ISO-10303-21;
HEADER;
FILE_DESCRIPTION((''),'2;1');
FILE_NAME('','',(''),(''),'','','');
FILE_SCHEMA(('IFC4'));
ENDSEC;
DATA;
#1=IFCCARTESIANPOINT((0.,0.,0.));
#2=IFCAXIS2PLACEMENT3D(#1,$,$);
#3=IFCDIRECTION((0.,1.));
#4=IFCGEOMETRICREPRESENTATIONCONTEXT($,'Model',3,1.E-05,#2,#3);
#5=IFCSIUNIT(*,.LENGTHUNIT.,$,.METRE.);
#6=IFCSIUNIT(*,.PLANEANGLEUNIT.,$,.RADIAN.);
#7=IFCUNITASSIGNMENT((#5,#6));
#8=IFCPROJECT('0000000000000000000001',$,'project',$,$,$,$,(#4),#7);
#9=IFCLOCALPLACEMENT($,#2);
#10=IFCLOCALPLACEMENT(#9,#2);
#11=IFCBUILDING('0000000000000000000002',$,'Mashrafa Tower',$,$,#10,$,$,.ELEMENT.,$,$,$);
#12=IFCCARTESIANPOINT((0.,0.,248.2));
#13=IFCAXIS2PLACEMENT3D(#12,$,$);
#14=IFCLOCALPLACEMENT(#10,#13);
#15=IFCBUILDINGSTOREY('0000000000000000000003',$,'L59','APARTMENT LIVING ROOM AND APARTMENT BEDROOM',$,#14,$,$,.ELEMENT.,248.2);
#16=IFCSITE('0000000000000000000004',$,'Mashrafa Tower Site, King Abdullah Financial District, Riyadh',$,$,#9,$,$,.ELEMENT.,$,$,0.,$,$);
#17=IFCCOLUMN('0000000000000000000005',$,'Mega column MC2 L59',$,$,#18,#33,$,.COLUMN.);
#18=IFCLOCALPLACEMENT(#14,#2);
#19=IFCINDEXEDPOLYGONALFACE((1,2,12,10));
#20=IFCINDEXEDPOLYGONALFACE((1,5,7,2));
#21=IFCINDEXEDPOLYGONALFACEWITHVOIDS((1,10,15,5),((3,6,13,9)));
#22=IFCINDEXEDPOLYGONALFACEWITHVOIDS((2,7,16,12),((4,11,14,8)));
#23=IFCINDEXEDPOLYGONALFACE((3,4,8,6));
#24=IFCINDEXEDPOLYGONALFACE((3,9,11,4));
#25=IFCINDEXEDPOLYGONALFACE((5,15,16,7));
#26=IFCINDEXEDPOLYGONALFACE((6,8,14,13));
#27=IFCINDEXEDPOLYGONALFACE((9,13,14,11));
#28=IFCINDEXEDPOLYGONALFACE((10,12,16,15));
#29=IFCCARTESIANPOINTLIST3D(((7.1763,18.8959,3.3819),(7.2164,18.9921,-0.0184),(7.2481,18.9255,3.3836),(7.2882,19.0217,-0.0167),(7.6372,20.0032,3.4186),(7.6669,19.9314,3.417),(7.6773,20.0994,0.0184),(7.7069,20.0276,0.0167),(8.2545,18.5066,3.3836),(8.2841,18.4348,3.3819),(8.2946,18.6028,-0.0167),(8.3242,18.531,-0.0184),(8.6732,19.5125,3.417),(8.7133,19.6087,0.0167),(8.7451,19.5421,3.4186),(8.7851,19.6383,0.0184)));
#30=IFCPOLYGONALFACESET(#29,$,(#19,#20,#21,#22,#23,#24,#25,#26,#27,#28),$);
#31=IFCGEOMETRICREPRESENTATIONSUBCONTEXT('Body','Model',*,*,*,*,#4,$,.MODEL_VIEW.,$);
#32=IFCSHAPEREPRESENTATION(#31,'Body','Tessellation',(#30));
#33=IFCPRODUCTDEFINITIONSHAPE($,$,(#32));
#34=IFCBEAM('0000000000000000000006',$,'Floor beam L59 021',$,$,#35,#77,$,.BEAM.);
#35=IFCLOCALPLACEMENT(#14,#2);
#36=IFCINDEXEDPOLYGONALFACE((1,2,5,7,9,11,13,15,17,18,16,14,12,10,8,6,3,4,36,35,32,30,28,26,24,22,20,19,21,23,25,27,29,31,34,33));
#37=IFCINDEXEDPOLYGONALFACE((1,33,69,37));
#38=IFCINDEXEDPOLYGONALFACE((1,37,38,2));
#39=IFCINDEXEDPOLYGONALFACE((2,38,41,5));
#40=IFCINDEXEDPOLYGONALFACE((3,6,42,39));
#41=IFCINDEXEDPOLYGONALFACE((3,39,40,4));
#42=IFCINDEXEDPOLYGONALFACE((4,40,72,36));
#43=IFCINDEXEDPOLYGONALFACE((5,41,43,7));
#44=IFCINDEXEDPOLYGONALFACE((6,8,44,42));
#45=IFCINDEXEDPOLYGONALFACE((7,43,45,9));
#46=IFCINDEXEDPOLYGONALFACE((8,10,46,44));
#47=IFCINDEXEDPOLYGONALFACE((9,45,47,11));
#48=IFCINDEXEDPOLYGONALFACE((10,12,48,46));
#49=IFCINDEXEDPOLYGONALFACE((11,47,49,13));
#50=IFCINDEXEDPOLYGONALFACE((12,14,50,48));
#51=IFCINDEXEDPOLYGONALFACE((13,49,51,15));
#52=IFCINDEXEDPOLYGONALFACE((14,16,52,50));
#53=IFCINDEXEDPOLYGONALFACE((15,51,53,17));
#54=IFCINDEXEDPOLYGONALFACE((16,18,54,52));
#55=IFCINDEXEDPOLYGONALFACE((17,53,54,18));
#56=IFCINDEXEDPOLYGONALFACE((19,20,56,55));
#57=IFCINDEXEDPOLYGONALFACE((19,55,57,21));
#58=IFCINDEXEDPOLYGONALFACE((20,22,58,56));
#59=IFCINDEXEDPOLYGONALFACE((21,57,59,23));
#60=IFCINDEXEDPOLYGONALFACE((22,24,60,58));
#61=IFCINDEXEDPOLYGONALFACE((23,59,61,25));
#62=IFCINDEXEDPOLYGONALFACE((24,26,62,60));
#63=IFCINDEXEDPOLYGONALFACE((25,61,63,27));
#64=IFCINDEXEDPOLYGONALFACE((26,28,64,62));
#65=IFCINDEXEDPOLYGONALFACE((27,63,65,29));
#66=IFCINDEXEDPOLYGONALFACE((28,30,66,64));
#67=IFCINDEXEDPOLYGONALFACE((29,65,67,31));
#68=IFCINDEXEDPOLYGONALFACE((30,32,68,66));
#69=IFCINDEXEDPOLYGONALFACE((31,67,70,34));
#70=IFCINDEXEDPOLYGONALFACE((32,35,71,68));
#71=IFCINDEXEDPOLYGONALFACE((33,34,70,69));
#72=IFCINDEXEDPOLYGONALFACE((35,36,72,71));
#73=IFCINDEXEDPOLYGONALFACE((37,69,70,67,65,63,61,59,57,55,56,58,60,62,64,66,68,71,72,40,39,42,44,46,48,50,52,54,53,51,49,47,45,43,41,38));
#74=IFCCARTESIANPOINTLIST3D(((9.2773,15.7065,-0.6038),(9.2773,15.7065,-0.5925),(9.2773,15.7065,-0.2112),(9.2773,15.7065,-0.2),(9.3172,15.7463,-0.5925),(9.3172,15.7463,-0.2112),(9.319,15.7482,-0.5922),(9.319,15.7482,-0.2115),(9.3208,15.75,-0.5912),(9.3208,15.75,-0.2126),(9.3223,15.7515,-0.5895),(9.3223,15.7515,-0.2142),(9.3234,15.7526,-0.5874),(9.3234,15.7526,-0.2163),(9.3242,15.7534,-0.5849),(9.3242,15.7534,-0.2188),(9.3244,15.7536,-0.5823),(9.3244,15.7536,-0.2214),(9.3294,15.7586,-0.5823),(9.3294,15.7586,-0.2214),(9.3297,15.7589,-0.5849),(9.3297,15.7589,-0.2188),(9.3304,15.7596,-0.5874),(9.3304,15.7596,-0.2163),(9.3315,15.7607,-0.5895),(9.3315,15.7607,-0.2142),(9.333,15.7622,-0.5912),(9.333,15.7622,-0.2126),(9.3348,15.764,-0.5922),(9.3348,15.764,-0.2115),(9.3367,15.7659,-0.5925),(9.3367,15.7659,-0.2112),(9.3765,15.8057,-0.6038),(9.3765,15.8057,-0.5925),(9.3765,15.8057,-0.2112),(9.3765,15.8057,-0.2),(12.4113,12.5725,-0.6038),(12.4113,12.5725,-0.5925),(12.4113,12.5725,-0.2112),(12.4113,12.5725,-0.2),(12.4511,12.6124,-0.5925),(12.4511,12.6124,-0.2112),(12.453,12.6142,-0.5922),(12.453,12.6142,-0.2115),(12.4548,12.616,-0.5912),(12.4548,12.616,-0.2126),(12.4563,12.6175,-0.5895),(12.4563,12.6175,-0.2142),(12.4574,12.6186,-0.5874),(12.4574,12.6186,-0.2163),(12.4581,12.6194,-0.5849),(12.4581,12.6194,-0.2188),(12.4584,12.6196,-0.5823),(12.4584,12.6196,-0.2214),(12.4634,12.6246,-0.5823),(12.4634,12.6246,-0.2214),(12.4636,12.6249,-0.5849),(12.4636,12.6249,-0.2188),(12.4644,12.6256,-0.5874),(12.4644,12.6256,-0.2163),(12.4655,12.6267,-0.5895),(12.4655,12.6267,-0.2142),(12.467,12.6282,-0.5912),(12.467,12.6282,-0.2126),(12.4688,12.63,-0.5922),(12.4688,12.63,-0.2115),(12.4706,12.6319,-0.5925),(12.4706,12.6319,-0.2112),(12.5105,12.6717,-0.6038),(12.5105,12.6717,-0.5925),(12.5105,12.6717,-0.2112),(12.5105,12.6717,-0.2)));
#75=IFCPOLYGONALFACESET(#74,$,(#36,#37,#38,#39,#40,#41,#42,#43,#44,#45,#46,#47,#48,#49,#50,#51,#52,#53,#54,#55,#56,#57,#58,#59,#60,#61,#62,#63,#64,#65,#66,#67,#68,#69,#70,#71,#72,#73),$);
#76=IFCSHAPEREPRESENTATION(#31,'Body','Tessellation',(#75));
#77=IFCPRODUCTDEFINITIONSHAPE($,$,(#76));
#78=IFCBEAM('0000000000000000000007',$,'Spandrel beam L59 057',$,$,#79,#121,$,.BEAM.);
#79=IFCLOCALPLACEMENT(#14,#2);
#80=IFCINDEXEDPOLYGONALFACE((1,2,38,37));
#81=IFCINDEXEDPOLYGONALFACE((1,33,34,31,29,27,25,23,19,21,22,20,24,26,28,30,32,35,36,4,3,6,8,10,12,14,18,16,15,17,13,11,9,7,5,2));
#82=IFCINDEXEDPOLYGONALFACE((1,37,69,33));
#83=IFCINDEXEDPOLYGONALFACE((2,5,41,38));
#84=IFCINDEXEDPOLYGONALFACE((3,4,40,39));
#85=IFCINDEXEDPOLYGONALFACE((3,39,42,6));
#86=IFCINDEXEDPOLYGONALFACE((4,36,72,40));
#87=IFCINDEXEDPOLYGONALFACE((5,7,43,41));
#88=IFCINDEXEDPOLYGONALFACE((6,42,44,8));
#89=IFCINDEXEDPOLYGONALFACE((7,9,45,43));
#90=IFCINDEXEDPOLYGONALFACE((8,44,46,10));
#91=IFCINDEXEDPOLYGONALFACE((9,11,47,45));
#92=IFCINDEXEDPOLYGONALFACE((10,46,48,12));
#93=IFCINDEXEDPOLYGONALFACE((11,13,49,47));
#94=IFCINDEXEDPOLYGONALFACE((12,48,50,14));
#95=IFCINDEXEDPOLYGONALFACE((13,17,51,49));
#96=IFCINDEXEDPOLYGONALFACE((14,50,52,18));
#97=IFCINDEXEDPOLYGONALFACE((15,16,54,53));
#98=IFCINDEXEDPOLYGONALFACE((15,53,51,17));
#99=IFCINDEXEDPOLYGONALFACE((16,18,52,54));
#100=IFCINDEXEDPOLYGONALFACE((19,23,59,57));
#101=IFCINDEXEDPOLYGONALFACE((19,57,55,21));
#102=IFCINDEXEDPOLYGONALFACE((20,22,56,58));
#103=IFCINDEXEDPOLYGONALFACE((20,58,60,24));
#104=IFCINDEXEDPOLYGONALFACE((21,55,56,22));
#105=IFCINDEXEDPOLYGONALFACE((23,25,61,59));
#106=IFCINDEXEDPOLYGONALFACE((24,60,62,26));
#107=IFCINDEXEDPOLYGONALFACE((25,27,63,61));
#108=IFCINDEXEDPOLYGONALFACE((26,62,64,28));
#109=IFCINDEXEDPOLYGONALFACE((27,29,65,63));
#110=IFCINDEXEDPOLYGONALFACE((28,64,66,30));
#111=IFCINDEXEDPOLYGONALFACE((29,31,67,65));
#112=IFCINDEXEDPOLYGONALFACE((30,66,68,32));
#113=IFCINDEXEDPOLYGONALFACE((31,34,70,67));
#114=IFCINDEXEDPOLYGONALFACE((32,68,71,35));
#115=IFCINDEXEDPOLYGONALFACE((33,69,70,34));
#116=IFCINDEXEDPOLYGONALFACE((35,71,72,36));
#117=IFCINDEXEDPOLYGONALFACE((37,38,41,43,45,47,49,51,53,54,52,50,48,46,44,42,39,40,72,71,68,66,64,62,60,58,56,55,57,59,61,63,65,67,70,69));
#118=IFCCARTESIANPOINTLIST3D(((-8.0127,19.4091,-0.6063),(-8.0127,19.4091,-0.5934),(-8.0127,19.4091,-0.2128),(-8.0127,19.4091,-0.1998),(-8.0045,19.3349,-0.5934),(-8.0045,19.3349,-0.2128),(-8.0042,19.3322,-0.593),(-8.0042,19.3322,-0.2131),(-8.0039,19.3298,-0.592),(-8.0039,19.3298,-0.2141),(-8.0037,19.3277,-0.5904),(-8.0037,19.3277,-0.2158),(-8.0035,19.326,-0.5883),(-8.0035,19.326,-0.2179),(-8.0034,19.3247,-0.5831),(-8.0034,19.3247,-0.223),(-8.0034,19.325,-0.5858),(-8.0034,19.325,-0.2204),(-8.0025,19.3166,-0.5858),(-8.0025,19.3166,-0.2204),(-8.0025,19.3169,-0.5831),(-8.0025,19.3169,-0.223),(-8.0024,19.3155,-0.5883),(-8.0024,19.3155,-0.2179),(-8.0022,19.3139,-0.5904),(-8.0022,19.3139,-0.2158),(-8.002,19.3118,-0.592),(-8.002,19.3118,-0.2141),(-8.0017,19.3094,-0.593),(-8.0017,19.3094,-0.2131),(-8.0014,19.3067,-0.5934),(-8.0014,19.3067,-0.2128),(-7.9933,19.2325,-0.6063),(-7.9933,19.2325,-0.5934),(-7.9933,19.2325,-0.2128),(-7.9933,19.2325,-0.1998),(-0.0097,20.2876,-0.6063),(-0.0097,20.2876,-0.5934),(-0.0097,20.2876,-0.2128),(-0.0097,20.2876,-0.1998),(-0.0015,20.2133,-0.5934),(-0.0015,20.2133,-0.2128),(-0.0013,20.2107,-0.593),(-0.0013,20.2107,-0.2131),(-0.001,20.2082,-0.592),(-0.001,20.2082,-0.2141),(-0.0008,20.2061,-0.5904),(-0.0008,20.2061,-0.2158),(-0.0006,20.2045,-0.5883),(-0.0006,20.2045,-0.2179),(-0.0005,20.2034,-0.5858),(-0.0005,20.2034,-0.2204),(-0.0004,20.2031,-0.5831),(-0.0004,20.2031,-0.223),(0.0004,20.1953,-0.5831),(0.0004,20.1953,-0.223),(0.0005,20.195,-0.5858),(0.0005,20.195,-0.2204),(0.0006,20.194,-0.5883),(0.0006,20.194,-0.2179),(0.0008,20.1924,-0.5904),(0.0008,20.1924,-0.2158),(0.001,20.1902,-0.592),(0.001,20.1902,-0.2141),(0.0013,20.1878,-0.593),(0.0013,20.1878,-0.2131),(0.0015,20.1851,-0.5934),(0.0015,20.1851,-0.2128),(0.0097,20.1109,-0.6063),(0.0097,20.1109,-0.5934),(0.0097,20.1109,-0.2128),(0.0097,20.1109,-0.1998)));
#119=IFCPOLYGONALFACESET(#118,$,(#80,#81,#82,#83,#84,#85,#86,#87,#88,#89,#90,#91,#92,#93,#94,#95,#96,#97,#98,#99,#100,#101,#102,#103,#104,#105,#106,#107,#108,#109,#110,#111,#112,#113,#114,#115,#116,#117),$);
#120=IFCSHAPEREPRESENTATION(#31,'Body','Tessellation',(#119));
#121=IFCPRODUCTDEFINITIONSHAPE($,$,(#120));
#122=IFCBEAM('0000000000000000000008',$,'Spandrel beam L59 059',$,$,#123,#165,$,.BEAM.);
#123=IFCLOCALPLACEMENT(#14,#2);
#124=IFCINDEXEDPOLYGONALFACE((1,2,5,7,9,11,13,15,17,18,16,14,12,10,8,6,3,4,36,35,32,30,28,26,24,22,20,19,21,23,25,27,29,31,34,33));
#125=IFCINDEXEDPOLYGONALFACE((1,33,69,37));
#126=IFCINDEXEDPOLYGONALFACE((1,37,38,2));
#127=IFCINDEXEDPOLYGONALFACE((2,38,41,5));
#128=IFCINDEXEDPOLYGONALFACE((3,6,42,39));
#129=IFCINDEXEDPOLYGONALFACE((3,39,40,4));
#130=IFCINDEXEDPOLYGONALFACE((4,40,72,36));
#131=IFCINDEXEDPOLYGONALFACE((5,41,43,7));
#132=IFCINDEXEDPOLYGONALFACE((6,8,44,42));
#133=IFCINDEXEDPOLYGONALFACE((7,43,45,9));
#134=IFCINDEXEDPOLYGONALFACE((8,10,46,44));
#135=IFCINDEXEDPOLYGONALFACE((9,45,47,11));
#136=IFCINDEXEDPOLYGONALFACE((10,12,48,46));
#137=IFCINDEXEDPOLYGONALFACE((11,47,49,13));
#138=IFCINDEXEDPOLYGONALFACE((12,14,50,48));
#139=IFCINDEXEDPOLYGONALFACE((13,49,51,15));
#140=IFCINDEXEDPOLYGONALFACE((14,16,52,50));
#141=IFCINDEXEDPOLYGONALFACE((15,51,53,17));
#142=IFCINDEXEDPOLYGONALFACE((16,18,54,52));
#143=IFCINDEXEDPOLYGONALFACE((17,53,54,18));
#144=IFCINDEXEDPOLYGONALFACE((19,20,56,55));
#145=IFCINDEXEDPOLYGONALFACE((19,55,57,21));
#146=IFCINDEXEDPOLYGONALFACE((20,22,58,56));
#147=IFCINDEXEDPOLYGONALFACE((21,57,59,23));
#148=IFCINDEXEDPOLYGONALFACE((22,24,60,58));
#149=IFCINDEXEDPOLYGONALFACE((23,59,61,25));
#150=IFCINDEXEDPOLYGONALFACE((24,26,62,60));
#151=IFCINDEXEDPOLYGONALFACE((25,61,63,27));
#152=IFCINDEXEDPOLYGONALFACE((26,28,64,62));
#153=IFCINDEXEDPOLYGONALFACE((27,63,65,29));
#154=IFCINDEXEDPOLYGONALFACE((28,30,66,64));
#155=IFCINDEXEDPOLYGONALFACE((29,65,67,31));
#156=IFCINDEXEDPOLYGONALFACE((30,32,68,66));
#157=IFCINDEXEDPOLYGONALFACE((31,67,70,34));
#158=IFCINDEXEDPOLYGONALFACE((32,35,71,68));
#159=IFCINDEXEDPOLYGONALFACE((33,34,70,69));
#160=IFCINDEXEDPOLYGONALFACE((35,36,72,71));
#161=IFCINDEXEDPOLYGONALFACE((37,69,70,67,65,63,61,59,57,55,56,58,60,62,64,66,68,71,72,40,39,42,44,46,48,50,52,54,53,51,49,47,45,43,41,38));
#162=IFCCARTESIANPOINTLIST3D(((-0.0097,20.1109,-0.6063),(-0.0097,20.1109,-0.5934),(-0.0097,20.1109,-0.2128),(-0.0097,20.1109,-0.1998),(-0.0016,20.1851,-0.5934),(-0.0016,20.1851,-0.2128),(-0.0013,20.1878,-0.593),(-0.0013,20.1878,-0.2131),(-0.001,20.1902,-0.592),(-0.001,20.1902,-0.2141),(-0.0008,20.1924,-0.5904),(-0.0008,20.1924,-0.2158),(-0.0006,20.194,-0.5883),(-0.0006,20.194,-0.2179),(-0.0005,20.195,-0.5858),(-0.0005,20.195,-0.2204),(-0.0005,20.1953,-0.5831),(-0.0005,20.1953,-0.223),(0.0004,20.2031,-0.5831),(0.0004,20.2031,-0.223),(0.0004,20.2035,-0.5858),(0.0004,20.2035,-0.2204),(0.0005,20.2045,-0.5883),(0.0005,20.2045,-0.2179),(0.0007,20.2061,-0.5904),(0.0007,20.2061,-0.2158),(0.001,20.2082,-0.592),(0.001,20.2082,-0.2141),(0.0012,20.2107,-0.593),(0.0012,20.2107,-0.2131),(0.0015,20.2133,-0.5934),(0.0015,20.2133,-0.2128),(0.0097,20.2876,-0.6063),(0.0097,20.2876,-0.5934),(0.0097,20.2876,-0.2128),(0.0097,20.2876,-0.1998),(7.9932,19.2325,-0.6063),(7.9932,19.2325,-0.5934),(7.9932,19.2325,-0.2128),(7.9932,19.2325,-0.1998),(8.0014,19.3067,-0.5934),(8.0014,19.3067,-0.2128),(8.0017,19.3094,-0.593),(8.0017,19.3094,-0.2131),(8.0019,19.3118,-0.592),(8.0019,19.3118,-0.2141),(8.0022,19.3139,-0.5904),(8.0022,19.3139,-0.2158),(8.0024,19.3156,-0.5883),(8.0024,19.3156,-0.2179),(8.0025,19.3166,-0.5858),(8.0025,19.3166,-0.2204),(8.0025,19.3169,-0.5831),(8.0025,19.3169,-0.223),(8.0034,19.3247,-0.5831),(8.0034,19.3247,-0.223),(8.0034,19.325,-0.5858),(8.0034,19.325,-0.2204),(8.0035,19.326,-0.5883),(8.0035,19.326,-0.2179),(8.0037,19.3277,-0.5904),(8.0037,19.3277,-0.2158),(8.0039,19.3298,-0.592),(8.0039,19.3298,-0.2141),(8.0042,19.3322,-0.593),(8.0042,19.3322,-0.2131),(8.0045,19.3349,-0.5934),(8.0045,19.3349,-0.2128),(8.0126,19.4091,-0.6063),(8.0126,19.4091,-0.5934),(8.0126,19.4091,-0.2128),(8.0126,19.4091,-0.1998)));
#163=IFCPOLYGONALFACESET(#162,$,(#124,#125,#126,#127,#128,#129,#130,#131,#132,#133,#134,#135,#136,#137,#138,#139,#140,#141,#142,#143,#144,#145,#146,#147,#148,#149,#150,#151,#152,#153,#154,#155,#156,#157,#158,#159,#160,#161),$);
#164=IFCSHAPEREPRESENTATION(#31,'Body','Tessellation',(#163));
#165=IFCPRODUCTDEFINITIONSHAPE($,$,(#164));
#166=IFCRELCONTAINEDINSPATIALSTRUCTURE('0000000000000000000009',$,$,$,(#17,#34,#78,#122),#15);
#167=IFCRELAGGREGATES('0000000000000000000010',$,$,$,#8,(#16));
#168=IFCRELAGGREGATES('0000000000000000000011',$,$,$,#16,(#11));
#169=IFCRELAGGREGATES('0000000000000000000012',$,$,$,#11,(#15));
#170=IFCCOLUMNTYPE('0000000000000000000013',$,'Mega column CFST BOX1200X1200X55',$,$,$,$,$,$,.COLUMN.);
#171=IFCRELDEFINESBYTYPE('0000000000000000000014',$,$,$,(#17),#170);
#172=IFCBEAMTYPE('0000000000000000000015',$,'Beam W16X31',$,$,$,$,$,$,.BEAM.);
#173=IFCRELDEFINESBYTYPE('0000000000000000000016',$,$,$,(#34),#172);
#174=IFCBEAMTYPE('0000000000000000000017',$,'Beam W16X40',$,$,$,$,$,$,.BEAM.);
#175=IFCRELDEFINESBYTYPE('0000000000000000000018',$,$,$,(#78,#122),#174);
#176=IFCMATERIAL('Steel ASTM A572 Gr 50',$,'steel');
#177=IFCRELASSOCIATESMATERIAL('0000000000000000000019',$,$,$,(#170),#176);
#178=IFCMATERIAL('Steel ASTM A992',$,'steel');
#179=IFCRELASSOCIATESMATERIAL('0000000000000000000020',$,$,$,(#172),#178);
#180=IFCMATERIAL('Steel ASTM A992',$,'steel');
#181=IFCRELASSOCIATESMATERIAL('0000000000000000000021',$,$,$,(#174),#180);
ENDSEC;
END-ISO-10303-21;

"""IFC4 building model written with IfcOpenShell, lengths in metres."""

from ifc_helpers import new_model, si_unit, direction, frame, origin, origin_2d, place, context, subcontext, project, spatial, hollow_rectangle, i_section, extrude, material, material_profile, profile_set, type_object, element, save


model = new_model("IFC4")

# Units and contexts
model_context = context("Model", 3, precision=1e-05, world=origin(), true_north=direction((0.0, 1.0)))
body_context = subcontext(model_context, "Body", "Model", "MODEL_VIEW")
ifc_project = project(units=[si_unit("LENGTHUNIT", "METRE"), si_unit("PLANEANGLEUNIT", "RADIAN")], contexts=[model_context])

# Site, building, storey
site_placement = place(None, origin())
site = spatial("IfcSite", under=ifc_project, at=site_placement, Name="Mashrafa Tower Site, King Abdullah Financial District, Riyadh", CompositionType="ELEMENT", RefElevation=0.0)
building_placement = place(site_placement, origin())
building = spatial("IfcBuilding", under=site, at=building_placement, Name="Mashrafa Tower", CompositionType="ELEMENT")
storey_placement = place(building_placement, frame((0.0, 0.0, 248.2)))
storey = spatial("IfcBuildingStorey", under=building, at=storey_placement, Name="L59", Description="APARTMENT LIVING ROOM AND APARTMENT BEDROOM", CompositionType="ELEMENT", Elevation=248.2)

# Column
ifc_material_1 = material(Name="Steel ASTM A572 Gr 50", Category="steel")
ifc_material_profile_1 = material_profile(ifc_material_1, hollow_rectangle(XDim=1.2, YDim=1.2, WallThickness=0.0549, at=origin_2d()), Name="BOX1200X1200X55")
ifc_profile_set_1 = profile_set([ifc_material_profile_1], Name="Steel ASTM A572 Gr 50")
column_type = type_object("IfcColumnType", Name="Mega column CFST BOX1200X1200X55", PredefinedType="COLUMN", material=ifc_profile_set_1)
column_placement = place(storey_placement, frame((8.0007, 19.3152, 0.0), z_axis=(-0.01177, -0.028277, 0.999531), x_axis=(0.923216, -0.384283, 0.0)))
element("IfcColumn", 1, at=column_placement, inside=storey, type_object=column_type, Name="Mega column MC2 L59", PredefinedType="COLUMN", context=body_context, shape_type="SweptSolid", body=[
    extrude(hollow_rectangle(XDim=1.2, YDim=1.2, WallThickness=0.0549, at=origin_2d()), origin(), (0.0, 0.0, 1.0), 3.4019),
])

# Beams
ifc_material_2 = material(Name="Steel ASTM A992", Category="steel")
ifc_material_profile_2 = material_profile(ifc_material_2, i_section(OverallWidth=0.1404, OverallDepth=0.4038, WebThickness=0.0071, FlangeThickness=0.0112, FilletRadius=0.0103, at=origin_2d()), Name="W16X31")
ifc_profile_set_2 = profile_set([ifc_material_profile_2], Name="Steel ASTM A992")
beam_type_1 = type_object("IfcBeamType", Name="Beam W16X31", PredefinedType="BEAM", material=ifc_profile_set_2)
beam_1_placement = place(storey_placement, frame((9.3269, 15.7561, -0.4019), z_axis=(0.707107, -0.707107, 0.0), x_axis=(0.707107, 0.707107, 0.0)))
element("IfcBeam", 2, at=beam_1_placement, inside=storey, type_object=beam_type_1, Name="Floor beam L59 021", PredefinedType="BEAM", context=body_context, shape_type="SweptSolid", body=[
    extrude(i_section(OverallWidth=0.1404, OverallDepth=0.4038, WebThickness=0.0071, FlangeThickness=0.0112, FilletRadius=0.0103, at=origin_2d()), origin(), (0.0, 0.0, 1.0), 4.4321),
])
ifc_material_3 = material(Name="Steel ASTM A992", Category="steel")
ifc_material_profile_3 = material_profile(ifc_material_3, i_section(OverallWidth=0.1777, OverallDepth=0.4065, WebThickness=0.0078, FlangeThickness=0.0129, FilletRadius=0.0103, at=origin_2d()), Name="W16X40")
ifc_profile_set_3 = profile_set([ifc_material_profile_3], Name="Steel ASTM A992")
beam_type_2 = type_object("IfcBeamType", Name="Beam W16X40", PredefinedType="BEAM", material=ifc_profile_set_3)
for number, where, z_axis, x_axis, name in (
    (3, (0.0, 20.1992, -0.4031), (-0.99403, -0.109107, 0.0), (0.109107, -0.99403, 0.0), "Spandrel beam L59 057"),
    (4, (8.0029, 19.3208, -0.4031), (-0.99403, 0.109107, 0.0), (-0.109107, -0.99403, 0.0), "Spandrel beam L59 059"),
):
    element("IfcBeam", number, at=place(storey_placement, frame(where, z_axis=z_axis, x_axis=x_axis)), inside=storey, type_object=beam_type_2, Name=name, PredefinedType="BEAM", context=body_context, shape_type="SweptSolid", body=[
        extrude(i_section(OverallWidth=0.1777, OverallDepth=0.4065, WebThickness=0.0078, FlangeThickness=0.0129, FilletRadius=0.0103, at=origin_2d()), origin(), (0.0, 0.0, 1.0), 8.051),
    ])

save(model, "model.ifc")
